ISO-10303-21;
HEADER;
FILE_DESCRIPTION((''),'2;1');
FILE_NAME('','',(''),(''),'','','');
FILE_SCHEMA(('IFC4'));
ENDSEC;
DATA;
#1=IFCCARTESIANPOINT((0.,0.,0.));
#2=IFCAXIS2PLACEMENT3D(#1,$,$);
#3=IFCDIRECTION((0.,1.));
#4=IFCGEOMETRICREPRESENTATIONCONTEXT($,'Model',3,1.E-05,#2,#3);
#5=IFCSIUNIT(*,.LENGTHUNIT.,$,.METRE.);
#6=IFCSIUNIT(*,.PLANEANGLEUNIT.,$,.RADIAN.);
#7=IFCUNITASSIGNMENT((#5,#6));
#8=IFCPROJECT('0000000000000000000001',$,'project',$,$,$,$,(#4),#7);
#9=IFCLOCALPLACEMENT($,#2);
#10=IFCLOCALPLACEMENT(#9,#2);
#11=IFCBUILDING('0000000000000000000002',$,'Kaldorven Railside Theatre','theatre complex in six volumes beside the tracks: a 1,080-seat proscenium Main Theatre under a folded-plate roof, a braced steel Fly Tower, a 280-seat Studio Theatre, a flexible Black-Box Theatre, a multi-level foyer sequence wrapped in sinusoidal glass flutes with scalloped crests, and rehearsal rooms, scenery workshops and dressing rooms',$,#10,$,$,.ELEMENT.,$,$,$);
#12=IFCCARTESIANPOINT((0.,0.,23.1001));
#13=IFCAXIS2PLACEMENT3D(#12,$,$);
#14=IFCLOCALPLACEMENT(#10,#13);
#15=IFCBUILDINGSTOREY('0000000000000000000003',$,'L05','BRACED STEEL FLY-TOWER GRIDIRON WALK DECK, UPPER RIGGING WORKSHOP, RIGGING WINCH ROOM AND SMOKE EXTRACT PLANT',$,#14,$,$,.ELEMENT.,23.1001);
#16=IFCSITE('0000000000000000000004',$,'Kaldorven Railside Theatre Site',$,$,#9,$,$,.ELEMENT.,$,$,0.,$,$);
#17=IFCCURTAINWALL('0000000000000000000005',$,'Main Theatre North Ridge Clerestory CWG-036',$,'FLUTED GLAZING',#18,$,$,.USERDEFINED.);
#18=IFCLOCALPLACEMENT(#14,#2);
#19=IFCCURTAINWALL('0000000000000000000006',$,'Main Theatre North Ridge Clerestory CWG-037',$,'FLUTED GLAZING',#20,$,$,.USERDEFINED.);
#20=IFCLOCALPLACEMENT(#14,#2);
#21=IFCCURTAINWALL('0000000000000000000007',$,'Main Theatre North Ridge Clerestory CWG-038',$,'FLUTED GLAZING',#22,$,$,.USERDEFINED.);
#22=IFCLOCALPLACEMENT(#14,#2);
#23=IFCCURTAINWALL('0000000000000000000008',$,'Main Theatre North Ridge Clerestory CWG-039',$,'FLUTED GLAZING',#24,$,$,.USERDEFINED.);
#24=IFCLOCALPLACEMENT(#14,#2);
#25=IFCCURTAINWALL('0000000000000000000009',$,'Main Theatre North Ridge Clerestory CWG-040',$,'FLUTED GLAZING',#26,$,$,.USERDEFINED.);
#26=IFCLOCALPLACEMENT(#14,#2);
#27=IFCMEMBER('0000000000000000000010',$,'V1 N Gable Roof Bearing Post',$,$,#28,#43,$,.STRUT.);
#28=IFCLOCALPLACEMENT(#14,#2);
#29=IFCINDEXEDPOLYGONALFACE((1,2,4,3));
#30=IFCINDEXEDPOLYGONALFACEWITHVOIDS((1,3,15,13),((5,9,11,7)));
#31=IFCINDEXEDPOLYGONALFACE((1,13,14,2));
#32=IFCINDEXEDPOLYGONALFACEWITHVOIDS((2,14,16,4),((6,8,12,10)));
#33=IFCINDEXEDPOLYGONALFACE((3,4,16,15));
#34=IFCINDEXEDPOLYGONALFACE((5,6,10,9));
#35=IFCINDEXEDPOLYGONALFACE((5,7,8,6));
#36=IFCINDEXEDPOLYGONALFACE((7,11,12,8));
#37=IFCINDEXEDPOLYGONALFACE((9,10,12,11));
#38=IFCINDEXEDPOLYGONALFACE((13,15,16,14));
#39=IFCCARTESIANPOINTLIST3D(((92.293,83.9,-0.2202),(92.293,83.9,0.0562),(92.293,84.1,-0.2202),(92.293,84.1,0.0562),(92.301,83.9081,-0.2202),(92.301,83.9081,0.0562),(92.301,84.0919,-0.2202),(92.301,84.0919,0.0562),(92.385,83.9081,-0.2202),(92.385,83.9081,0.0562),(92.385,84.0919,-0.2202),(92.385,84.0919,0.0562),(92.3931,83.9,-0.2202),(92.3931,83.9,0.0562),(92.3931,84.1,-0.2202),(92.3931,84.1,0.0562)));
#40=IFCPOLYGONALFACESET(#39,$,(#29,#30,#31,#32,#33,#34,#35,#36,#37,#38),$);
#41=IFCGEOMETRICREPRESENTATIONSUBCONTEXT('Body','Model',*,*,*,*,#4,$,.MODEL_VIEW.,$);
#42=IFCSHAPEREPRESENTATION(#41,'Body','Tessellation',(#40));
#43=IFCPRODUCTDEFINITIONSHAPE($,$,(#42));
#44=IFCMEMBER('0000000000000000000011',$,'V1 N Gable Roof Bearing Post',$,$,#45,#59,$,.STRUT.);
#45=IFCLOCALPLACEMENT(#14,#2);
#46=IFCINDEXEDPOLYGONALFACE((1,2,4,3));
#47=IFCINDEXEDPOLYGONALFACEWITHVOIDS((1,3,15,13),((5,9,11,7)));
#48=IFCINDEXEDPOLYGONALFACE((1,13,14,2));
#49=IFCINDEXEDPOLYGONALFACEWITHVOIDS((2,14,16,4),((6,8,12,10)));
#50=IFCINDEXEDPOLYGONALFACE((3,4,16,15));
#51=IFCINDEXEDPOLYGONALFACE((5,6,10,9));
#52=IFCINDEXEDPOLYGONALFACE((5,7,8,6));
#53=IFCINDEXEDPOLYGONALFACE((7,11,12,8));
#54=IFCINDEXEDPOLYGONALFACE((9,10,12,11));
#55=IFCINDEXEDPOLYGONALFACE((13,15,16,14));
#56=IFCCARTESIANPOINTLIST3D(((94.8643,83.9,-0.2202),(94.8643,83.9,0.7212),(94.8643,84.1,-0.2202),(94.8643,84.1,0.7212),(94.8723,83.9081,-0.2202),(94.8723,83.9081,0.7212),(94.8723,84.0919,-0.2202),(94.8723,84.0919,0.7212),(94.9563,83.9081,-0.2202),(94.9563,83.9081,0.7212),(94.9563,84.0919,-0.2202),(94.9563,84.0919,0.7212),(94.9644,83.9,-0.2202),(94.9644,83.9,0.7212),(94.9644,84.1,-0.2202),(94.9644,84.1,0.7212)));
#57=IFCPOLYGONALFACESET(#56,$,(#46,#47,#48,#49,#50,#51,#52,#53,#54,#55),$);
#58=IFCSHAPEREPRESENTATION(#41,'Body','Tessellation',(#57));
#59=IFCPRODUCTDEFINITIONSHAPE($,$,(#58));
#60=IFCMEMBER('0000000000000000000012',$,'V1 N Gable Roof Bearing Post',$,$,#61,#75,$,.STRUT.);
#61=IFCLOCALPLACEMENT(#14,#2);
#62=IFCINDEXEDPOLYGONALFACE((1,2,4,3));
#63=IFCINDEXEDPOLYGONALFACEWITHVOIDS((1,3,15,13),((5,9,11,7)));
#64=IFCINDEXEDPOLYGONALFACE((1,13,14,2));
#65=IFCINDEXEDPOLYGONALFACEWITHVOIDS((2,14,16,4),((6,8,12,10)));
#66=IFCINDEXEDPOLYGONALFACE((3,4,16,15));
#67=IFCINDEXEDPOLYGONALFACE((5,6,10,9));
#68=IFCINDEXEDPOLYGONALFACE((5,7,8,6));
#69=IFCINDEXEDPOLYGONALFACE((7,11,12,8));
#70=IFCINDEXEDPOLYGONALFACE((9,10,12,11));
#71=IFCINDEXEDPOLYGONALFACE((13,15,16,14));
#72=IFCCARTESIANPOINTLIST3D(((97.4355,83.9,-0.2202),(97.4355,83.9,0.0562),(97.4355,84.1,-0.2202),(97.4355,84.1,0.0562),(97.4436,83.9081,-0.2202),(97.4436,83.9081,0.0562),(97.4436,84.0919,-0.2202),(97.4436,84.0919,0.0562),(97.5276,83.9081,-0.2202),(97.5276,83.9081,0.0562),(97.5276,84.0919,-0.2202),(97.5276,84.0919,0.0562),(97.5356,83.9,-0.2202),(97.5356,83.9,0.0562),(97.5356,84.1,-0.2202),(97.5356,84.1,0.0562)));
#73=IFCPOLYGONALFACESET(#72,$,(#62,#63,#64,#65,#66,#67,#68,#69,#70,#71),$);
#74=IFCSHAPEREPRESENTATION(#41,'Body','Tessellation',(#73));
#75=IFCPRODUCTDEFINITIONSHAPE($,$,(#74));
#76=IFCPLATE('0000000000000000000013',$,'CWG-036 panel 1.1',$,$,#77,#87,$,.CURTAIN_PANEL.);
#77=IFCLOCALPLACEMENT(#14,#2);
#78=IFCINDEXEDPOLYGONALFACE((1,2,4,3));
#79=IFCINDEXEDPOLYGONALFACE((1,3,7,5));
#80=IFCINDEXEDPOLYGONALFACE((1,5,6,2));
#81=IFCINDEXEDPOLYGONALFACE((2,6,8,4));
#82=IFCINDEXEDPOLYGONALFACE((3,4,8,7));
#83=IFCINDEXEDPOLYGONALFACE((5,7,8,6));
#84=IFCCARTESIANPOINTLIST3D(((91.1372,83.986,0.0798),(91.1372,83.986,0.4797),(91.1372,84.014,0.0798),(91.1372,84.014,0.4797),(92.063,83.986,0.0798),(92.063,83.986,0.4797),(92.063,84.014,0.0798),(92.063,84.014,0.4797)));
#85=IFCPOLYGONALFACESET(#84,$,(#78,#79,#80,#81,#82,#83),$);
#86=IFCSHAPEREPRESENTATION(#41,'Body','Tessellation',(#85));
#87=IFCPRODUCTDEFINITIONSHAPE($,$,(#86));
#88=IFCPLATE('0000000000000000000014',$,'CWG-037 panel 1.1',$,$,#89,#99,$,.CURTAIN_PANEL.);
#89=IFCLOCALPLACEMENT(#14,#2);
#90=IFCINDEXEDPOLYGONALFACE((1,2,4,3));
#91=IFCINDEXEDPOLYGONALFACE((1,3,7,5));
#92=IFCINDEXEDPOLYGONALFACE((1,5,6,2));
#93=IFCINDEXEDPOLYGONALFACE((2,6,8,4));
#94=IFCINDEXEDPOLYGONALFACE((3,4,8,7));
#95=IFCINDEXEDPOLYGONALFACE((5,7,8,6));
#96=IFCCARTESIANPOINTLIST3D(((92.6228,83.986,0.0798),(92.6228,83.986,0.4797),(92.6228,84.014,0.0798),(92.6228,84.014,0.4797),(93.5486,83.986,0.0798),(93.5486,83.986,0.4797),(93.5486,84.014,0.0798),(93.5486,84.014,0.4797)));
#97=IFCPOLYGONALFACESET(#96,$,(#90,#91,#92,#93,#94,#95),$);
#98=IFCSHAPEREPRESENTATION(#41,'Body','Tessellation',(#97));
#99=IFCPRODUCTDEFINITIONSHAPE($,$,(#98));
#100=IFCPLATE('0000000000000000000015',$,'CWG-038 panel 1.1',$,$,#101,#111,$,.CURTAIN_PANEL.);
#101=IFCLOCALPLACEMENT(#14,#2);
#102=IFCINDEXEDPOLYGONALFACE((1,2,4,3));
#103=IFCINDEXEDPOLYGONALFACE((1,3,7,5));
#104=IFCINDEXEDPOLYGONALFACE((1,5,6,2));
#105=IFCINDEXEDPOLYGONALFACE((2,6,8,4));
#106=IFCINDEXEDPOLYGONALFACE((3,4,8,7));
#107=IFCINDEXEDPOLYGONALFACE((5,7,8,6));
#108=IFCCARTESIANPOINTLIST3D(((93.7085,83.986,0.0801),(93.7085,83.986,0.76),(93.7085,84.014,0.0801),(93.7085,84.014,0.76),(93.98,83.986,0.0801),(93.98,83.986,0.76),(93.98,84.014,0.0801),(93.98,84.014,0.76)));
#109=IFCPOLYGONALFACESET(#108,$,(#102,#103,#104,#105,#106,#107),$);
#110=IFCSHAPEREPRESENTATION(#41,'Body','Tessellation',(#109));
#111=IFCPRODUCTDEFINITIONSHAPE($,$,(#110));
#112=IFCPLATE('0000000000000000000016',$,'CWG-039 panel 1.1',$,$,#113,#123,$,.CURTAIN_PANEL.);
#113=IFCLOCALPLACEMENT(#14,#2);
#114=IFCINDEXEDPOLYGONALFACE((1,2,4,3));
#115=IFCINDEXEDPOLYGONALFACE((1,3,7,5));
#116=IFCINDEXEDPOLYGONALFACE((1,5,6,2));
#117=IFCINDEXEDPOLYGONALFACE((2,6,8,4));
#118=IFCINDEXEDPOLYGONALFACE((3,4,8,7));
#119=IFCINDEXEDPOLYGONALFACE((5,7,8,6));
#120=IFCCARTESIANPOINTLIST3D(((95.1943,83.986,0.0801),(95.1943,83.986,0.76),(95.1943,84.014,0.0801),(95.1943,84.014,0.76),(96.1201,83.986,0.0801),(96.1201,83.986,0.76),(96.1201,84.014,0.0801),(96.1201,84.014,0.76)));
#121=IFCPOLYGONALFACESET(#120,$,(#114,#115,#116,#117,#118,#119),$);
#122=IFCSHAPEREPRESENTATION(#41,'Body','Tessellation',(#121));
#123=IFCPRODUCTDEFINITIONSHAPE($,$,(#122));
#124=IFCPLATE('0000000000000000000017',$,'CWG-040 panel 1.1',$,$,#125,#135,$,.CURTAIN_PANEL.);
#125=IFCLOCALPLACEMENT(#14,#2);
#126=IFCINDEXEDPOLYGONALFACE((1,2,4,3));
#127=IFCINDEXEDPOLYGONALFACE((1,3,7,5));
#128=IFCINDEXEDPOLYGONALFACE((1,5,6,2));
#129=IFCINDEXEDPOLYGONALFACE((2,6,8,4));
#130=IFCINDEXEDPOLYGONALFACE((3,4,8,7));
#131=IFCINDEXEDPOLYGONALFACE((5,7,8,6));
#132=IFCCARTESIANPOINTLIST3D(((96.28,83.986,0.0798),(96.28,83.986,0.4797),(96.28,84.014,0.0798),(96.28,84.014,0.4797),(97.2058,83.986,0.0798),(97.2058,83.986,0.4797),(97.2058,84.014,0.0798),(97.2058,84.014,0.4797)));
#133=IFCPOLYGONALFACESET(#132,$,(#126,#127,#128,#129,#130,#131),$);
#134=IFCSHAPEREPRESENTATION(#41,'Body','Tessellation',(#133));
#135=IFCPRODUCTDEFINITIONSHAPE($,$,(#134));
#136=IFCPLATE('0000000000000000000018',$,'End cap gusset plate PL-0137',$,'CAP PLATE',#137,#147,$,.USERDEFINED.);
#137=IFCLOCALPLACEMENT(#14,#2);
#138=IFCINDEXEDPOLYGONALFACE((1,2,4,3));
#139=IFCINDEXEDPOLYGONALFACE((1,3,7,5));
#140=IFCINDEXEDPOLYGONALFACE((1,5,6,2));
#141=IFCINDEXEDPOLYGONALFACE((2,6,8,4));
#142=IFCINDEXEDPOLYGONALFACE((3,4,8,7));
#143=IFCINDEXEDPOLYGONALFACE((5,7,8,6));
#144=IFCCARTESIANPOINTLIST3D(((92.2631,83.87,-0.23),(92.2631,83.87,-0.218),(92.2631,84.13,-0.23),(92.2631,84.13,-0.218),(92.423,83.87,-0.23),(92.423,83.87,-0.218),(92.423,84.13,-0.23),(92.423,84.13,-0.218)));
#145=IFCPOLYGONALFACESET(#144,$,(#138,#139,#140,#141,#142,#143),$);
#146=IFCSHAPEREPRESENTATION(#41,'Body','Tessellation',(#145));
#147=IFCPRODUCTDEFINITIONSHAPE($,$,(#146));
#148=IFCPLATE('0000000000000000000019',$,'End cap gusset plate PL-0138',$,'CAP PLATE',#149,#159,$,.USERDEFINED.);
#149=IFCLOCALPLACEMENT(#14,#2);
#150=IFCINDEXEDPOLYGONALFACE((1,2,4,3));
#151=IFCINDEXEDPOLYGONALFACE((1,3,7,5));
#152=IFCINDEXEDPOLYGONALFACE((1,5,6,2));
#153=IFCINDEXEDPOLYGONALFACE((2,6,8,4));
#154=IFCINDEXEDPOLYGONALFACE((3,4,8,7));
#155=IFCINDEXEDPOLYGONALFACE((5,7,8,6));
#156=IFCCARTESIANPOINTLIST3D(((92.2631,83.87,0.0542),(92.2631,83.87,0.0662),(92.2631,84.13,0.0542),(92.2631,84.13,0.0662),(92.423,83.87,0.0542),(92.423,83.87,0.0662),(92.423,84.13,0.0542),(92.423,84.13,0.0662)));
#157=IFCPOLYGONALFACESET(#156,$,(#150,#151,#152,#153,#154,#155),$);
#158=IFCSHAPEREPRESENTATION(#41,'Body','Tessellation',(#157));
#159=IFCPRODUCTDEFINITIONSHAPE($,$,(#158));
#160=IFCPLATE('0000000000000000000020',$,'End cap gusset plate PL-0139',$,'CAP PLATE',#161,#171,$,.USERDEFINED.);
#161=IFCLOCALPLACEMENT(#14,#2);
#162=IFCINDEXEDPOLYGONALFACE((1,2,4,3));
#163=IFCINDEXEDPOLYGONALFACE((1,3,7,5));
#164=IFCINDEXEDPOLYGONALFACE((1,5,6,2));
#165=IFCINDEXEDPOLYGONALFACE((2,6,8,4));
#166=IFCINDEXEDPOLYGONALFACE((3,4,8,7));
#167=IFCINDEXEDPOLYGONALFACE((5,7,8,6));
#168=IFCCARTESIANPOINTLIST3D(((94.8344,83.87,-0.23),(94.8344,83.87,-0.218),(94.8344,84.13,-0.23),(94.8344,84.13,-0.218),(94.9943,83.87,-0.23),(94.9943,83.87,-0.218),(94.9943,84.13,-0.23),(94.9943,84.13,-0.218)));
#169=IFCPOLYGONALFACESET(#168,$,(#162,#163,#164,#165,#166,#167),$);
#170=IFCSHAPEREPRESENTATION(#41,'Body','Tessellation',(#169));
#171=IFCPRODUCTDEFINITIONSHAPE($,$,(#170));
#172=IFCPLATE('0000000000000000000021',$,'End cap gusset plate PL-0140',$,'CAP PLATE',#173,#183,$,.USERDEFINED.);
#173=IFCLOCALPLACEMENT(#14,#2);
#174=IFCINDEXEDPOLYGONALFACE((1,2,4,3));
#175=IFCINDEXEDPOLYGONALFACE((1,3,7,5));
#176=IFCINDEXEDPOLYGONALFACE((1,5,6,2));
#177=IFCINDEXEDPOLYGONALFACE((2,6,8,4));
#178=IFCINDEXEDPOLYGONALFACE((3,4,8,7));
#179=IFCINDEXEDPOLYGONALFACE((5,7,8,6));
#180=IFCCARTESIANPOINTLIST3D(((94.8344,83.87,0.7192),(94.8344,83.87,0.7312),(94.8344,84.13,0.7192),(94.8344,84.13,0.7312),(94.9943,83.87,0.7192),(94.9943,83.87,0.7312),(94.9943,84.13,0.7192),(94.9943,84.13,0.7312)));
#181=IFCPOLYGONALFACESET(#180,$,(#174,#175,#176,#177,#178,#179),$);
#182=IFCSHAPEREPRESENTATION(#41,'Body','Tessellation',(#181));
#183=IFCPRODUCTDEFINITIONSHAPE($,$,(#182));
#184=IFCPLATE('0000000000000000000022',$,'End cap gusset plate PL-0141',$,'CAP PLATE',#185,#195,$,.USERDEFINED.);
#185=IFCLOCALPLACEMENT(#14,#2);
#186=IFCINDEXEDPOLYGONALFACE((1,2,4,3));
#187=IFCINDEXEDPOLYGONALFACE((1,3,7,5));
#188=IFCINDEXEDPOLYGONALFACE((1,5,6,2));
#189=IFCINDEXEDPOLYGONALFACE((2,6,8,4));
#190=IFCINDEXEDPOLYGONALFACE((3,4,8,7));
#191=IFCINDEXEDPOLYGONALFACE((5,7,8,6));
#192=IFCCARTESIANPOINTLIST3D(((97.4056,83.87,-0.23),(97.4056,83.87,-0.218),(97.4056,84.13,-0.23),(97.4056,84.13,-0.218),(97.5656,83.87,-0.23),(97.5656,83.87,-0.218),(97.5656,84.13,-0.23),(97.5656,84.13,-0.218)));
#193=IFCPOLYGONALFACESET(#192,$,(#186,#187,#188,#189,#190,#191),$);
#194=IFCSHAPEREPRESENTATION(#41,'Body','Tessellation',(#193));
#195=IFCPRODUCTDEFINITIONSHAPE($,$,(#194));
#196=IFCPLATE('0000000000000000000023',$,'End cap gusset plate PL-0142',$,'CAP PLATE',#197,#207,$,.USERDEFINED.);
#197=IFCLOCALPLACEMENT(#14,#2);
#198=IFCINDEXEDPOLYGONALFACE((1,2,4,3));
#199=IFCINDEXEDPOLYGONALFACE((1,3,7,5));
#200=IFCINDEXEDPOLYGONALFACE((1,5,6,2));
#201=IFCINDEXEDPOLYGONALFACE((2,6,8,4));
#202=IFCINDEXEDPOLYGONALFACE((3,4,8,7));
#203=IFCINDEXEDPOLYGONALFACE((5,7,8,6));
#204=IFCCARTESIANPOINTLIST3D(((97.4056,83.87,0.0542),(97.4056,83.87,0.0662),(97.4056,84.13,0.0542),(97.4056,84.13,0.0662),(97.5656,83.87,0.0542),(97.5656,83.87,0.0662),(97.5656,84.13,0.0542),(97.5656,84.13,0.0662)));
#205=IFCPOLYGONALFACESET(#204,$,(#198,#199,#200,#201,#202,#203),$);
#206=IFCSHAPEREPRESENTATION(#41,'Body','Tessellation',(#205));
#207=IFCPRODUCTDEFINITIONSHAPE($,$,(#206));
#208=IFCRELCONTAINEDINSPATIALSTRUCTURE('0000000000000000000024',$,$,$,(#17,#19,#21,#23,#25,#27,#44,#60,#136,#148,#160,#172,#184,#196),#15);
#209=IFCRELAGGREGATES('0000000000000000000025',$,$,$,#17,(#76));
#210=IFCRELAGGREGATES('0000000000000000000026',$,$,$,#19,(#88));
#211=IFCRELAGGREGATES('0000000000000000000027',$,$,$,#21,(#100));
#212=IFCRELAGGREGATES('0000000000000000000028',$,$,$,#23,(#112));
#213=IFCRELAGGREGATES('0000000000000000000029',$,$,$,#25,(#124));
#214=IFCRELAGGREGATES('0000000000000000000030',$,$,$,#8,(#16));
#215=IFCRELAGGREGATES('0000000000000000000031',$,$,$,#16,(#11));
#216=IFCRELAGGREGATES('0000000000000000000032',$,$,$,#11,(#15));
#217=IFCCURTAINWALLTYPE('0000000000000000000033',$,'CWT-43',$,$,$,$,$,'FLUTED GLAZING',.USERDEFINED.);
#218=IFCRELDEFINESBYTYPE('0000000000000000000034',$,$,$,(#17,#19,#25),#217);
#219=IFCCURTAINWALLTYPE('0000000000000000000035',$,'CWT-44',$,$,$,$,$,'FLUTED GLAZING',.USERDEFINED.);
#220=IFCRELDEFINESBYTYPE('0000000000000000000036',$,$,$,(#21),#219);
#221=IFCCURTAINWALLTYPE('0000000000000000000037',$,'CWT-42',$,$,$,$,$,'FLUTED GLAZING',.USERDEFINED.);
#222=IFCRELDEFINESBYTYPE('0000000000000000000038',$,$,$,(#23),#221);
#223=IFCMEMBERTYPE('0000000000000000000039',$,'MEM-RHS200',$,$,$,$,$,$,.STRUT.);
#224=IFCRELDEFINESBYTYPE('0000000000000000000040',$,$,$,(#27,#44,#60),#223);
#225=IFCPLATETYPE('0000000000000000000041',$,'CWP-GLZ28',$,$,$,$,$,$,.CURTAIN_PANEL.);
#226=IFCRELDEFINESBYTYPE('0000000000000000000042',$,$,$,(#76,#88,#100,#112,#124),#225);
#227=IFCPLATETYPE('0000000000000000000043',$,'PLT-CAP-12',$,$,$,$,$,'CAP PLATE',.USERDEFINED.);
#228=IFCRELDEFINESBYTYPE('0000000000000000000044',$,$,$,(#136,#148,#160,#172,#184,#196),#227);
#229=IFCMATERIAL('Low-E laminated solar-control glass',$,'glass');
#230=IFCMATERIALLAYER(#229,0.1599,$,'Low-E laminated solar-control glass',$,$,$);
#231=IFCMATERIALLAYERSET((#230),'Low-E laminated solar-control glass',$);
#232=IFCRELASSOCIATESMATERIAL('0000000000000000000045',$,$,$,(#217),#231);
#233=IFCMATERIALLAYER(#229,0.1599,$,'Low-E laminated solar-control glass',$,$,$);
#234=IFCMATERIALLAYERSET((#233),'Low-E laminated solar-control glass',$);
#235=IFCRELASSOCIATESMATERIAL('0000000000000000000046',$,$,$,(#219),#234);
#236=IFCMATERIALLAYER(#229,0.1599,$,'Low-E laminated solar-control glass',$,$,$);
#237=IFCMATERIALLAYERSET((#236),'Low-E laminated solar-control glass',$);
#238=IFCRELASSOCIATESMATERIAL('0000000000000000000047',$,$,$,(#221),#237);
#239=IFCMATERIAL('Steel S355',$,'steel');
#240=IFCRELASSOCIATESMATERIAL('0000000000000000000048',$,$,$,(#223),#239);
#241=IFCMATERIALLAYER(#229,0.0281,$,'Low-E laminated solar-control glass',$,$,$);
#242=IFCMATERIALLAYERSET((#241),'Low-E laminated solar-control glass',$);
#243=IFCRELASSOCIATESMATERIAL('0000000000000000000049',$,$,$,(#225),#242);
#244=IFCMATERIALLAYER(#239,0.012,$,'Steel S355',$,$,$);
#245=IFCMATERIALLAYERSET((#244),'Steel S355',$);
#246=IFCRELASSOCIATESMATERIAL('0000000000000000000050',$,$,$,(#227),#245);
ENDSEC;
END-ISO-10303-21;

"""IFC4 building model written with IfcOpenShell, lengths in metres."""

from ifc_helpers import new_model, si_unit, direction, frame, origin, origin_2d, place, context, subcontext, project, spatial, rectangle, hollow_rectangle, extrude, material, layer, layer_set, material_profile, profile_set, type_object, element, aggregate, save


model = new_model("IFC4")

# Units and contexts
model_context = context("Model", 3, precision=1e-05, world=origin(), true_north=direction((0.0, 1.0)))
body_context = subcontext(model_context, "Body", "Model", "MODEL_VIEW")
ifc_project = project(units=[si_unit("LENGTHUNIT", "METRE"), si_unit("PLANEANGLEUNIT", "RADIAN")], contexts=[model_context])

# Site, building, storey
site_placement = place(None, origin())
site = spatial("IfcSite", under=ifc_project, at=site_placement, Name="Kaldorven Railside Theatre Site", CompositionType="ELEMENT", RefElevation=0.0)
building_placement = place(site_placement, origin())
building = spatial("IfcBuilding", under=site, at=building_placement, Name="Kaldorven Railside Theatre", Description="theatre complex in six volumes beside the tracks: a 1,080-seat proscenium Main Theatre under a folded-plate roof, a braced steel Fly Tower, a 280-seat Studio Theatre, a flexible Black-Box Theatre, a multi-level foyer sequence wrapped in sinusoidal glass flutes with scalloped crests, and rehearsal rooms, scenery workshops and dressing rooms", CompositionType="ELEMENT")
storey_placement = place(building_placement, frame((0.0, 0.0, 23.1001)))
storey = spatial("IfcBuildingStorey", under=building, at=storey_placement, Name="L05", Description="BRACED STEEL FLY-TOWER GRIDIRON WALK DECK, UPPER RIGGING WORKSHOP, RIGGING WINCH ROOM AND SMOKE EXTRACT PLANT", CompositionType="ELEMENT", Elevation=23.1001)

# Shared definitions
ifc_material_1 = material(Name="Steel S355", Category="steel")

# Curtain wall
ifc_material_2 = material(Name="Low-E laminated solar-control glass", Category="glass")
ifc_layer_1 = layer(ifc_material_2, 0.1599, Name="Low-E laminated solar-control glass")
ifc_layer_set_1 = layer_set([ifc_layer_1], Name="Low-E laminated solar-control glass")
curtain_wall_type_1 = type_object("IfcCurtainWallType", Name="CWT-43", ElementType="FLUTED GLAZING", PredefinedType="USERDEFINED", material=ifc_layer_set_1)
curtain_wall_1_placement = place(storey_placement, origin())
curtain_wall_1 = element("IfcCurtainWall", 1, at=curtain_wall_1_placement, inside=storey, type_object=curtain_wall_type_1, Name="Main Theatre North Ridge Clerestory CWG-036", ObjectType="FLUTED GLAZING", PredefinedType="USERDEFINED")

# Curtain walls
curtain_wall_2_placement = place(storey_placement, origin())
curtain_wall_2 = element("IfcCurtainWall", 2, at=curtain_wall_2_placement, inside=storey, type_object=curtain_wall_type_1, Name="Main Theatre North Ridge Clerestory CWG-037", ObjectType="FLUTED GLAZING", PredefinedType="USERDEFINED")
ifc_layer_2 = layer(ifc_material_2, 0.1599, Name="Low-E laminated solar-control glass")
ifc_layer_set_2 = layer_set([ifc_layer_2], Name="Low-E laminated solar-control glass")
curtain_wall_type_2 = type_object("IfcCurtainWallType", Name="CWT-44", ElementType="FLUTED GLAZING", PredefinedType="USERDEFINED", material=ifc_layer_set_2)
curtain_wall_3_placement = place(storey_placement, origin())
curtain_wall_3 = element("IfcCurtainWall", 3, at=curtain_wall_3_placement, inside=storey, type_object=curtain_wall_type_2, Name="Main Theatre North Ridge Clerestory CWG-038", ObjectType="FLUTED GLAZING", PredefinedType="USERDEFINED")
ifc_layer_3 = layer(ifc_material_2, 0.1599, Name="Low-E laminated solar-control glass")
ifc_layer_set_3 = layer_set([ifc_layer_3], Name="Low-E laminated solar-control glass")
curtain_wall_type_3 = type_object("IfcCurtainWallType", Name="CWT-42", ElementType="FLUTED GLAZING", PredefinedType="USERDEFINED", material=ifc_layer_set_3)
curtain_wall_4_placement = place(storey_placement, origin())
curtain_wall_4 = element("IfcCurtainWall", 4, at=curtain_wall_4_placement, inside=storey, type_object=curtain_wall_type_3, Name="Main Theatre North Ridge Clerestory CWG-039", ObjectType="FLUTED GLAZING", PredefinedType="USERDEFINED")
curtain_wall_5_placement = place(storey_placement, origin())
curtain_wall_5 = element("IfcCurtainWall", 5, at=curtain_wall_5_placement, inside=storey, type_object=curtain_wall_type_1, Name="Main Theatre North Ridge Clerestory CWG-040", ObjectType="FLUTED GLAZING", PredefinedType="USERDEFINED")

# Members
ifc_material_profile_1 = material_profile(ifc_material_1, hollow_rectangle(XDim=0.1001, YDim=0.2, WallThickness=0.0081, at=origin_2d()), Name="RHS 200x100x8")
ifc_profile_set_1 = profile_set([ifc_material_profile_1], Name="Steel S355")
member_type_1 = type_object("IfcMemberType", Name="MEM-RHS200", PredefinedType="STRUT", material=ifc_profile_set_1)
member_1_placement = place(storey_placement, frame((92.343, 84.0, -0.2202), z_axis=(0.0, 0.0, 1.0), x_axis=(1.0, 0.0, 0.0)))
element("IfcMember", 6, at=member_1_placement, inside=storey, type_object=member_type_1, Name="V1 N Gable Roof Bearing Post", PredefinedType="STRUT", context=body_context, shape_type="SweptSolid", body=[
    extrude(hollow_rectangle(XDim=0.1001, YDim=0.2, WallThickness=0.0081, at=origin_2d()), origin(), (0.0, 0.0, 1.0), 0.2764),
])
member_2_placement = place(storey_placement, frame((94.9143, 84.0, -0.2202), z_axis=(0.0, 0.0, 1.0), x_axis=(1.0, 0.0, 0.0)))
element("IfcMember", 7, at=member_2_placement, inside=storey, type_object=member_type_1, Name="V1 N Gable Roof Bearing Post", PredefinedType="STRUT", context=body_context, shape_type="SweptSolid", body=[
    extrude(hollow_rectangle(XDim=0.1001, YDim=0.2, WallThickness=0.0081, at=origin_2d()), origin(), (0.0, 0.0, 1.0), 0.9414),
])
member_3_placement = place(storey_placement, frame((97.4856, 84.0, -0.2202), z_axis=(0.0, 0.0, 1.0), x_axis=(1.0, 0.0, 0.0)))
element("IfcMember", 8, at=member_3_placement, inside=storey, type_object=member_type_1, Name="V1 N Gable Roof Bearing Post", PredefinedType="STRUT", context=body_context, shape_type="SweptSolid", body=[
    extrude(hollow_rectangle(XDim=0.1001, YDim=0.2, WallThickness=0.0081, at=origin_2d()), origin(), (0.0, 0.0, 1.0), 0.2764),
])

# Plates
ifc_layer_4 = layer(ifc_material_2, 0.0281, Name="Low-E laminated solar-control glass")
ifc_layer_set_4 = layer_set([ifc_layer_4], Name="Low-E laminated solar-control glass")
plate_type_1 = type_object("IfcPlateType", Name="CWP-GLZ28", PredefinedType="CURTAIN_PANEL", material=ifc_layer_set_4)
plate_1_placement = place(storey_placement, frame((91.6001, 84.0, 0.0798), z_axis=(0.0, 0.0, 1.0), x_axis=(1.0, 0.0, 0.0)))
plate_1 = element("IfcPlate", 9, at=plate_1_placement, type_object=plate_type_1, Name="CWG-036 panel 1.1", PredefinedType="CURTAIN_PANEL", context=body_context, shape_type="SweptSolid", body=[
    extrude(rectangle(XDim=0.9258, YDim=0.0281, at=origin_2d()), origin(), (0.0, 0.0, 1.0), 0.3999),
])
aggregate(curtain_wall_1, [plate_1])
plate_2_placement = place(storey_placement, frame((93.0857, 84.0, 0.0798), z_axis=(0.0, 0.0, 1.0), x_axis=(1.0, 0.0, 0.0)))
plate_2 = element("IfcPlate", 10, at=plate_2_placement, type_object=plate_type_1, Name="CWG-037 panel 1.1", PredefinedType="CURTAIN_PANEL", context=body_context, shape_type="SweptSolid", body=[
    extrude(rectangle(XDim=0.9258, YDim=0.0281, at=origin_2d()), origin(), (0.0, 0.0, 1.0), 0.3999),
])
aggregate(curtain_wall_2, [plate_2])
plate_3_placement = place(storey_placement, frame((93.8442, 84.0, 0.0801), z_axis=(0.0, 0.0, 1.0), x_axis=(1.0, 0.0, 0.0)))
plate_3 = element("IfcPlate", 11, at=plate_3_placement, type_object=plate_type_1, Name="CWG-038 panel 1.1", PredefinedType="CURTAIN_PANEL", context=body_context, shape_type="SweptSolid", body=[
    extrude(rectangle(XDim=0.2715, YDim=0.0281, at=origin_2d()), origin(), (0.0, 0.0, 1.0), 0.6799),
])
aggregate(curtain_wall_3, [plate_3])
plate_4_placement = place(storey_placement, frame((95.6572, 84.0, 0.0801), z_axis=(0.0, 0.0, 1.0), x_axis=(1.0, 0.0, 0.0)))
plate_4 = element("IfcPlate", 12, at=plate_4_placement, type_object=plate_type_1, Name="CWG-039 panel 1.1", PredefinedType="CURTAIN_PANEL", context=body_context, shape_type="SweptSolid", body=[
    extrude(rectangle(XDim=0.9258, YDim=0.0281, at=origin_2d()), origin(), (0.0, 0.0, 1.0), 0.6799),
])
aggregate(curtain_wall_4, [plate_4])
plate_5_placement = place(storey_placement, frame((96.7429, 84.0, 0.0798), z_axis=(0.0, 0.0, 1.0), x_axis=(1.0, 0.0, 0.0)))
plate_5 = element("IfcPlate", 13, at=plate_5_placement, type_object=plate_type_1, Name="CWG-040 panel 1.1", PredefinedType="CURTAIN_PANEL", context=body_context, shape_type="SweptSolid", body=[
    extrude(rectangle(XDim=0.9258, YDim=0.0281, at=origin_2d()), origin(), (0.0, 0.0, 1.0), 0.3999),
])
aggregate(curtain_wall_5, [plate_5])

# Plates
ifc_layer_5 = layer(ifc_material_1, 0.012, Name="Steel S355")
ifc_layer_set_5 = layer_set([ifc_layer_5], Name="Steel S355")
plate_type_2 = type_object("IfcPlateType", Name="PLT-CAP-12", ElementType="CAP PLATE", PredefinedType="USERDEFINED", material=ifc_layer_set_5)
for number, where, z_axis, x_axis, name in (
    (14, (92.343, 84.0, -0.23), (0.0, 0.0, 1.0), (1.0, 0.0, 0.0), "End cap gusset plate PL-0137"),
    (15, (92.343, 84.0, 0.0542), (0.0, 0.0, 1.0), (1.0, 0.0, 0.0), "End cap gusset plate PL-0138"),
    (16, (94.9143, 84.0, -0.23), (0.0, 0.0, 1.0), (1.0, 0.0, 0.0), "End cap gusset plate PL-0139"),
    (17, (94.9143, 84.0, 0.7192), (0.0, 0.0, 1.0), (1.0, 0.0, 0.0), "End cap gusset plate PL-0140"),
    (18, (97.4856, 84.0, -0.23), (0.0, 0.0, 1.0), (1.0, 0.0, 0.0), "End cap gusset plate PL-0141"),
    (19, (97.4856, 84.0, 0.0542), (0.0, 0.0, 1.0), (1.0, 0.0, 0.0), "End cap gusset plate PL-0142"),
):
    element("IfcPlate", number, at=place(storey_placement, frame(where, z_axis=z_axis, x_axis=x_axis)), inside=storey, type_object=plate_type_2, Name=name, ObjectType="CAP PLATE", PredefinedType="USERDEFINED", context=body_context, shape_type="SweptSolid", body=[
        extrude(rectangle(XDim=0.1599, YDim=0.26, at=origin_2d()), origin(), (0.0, 0.0, 1.0), 0.012),
    ])

save(model, "model.ifc")
